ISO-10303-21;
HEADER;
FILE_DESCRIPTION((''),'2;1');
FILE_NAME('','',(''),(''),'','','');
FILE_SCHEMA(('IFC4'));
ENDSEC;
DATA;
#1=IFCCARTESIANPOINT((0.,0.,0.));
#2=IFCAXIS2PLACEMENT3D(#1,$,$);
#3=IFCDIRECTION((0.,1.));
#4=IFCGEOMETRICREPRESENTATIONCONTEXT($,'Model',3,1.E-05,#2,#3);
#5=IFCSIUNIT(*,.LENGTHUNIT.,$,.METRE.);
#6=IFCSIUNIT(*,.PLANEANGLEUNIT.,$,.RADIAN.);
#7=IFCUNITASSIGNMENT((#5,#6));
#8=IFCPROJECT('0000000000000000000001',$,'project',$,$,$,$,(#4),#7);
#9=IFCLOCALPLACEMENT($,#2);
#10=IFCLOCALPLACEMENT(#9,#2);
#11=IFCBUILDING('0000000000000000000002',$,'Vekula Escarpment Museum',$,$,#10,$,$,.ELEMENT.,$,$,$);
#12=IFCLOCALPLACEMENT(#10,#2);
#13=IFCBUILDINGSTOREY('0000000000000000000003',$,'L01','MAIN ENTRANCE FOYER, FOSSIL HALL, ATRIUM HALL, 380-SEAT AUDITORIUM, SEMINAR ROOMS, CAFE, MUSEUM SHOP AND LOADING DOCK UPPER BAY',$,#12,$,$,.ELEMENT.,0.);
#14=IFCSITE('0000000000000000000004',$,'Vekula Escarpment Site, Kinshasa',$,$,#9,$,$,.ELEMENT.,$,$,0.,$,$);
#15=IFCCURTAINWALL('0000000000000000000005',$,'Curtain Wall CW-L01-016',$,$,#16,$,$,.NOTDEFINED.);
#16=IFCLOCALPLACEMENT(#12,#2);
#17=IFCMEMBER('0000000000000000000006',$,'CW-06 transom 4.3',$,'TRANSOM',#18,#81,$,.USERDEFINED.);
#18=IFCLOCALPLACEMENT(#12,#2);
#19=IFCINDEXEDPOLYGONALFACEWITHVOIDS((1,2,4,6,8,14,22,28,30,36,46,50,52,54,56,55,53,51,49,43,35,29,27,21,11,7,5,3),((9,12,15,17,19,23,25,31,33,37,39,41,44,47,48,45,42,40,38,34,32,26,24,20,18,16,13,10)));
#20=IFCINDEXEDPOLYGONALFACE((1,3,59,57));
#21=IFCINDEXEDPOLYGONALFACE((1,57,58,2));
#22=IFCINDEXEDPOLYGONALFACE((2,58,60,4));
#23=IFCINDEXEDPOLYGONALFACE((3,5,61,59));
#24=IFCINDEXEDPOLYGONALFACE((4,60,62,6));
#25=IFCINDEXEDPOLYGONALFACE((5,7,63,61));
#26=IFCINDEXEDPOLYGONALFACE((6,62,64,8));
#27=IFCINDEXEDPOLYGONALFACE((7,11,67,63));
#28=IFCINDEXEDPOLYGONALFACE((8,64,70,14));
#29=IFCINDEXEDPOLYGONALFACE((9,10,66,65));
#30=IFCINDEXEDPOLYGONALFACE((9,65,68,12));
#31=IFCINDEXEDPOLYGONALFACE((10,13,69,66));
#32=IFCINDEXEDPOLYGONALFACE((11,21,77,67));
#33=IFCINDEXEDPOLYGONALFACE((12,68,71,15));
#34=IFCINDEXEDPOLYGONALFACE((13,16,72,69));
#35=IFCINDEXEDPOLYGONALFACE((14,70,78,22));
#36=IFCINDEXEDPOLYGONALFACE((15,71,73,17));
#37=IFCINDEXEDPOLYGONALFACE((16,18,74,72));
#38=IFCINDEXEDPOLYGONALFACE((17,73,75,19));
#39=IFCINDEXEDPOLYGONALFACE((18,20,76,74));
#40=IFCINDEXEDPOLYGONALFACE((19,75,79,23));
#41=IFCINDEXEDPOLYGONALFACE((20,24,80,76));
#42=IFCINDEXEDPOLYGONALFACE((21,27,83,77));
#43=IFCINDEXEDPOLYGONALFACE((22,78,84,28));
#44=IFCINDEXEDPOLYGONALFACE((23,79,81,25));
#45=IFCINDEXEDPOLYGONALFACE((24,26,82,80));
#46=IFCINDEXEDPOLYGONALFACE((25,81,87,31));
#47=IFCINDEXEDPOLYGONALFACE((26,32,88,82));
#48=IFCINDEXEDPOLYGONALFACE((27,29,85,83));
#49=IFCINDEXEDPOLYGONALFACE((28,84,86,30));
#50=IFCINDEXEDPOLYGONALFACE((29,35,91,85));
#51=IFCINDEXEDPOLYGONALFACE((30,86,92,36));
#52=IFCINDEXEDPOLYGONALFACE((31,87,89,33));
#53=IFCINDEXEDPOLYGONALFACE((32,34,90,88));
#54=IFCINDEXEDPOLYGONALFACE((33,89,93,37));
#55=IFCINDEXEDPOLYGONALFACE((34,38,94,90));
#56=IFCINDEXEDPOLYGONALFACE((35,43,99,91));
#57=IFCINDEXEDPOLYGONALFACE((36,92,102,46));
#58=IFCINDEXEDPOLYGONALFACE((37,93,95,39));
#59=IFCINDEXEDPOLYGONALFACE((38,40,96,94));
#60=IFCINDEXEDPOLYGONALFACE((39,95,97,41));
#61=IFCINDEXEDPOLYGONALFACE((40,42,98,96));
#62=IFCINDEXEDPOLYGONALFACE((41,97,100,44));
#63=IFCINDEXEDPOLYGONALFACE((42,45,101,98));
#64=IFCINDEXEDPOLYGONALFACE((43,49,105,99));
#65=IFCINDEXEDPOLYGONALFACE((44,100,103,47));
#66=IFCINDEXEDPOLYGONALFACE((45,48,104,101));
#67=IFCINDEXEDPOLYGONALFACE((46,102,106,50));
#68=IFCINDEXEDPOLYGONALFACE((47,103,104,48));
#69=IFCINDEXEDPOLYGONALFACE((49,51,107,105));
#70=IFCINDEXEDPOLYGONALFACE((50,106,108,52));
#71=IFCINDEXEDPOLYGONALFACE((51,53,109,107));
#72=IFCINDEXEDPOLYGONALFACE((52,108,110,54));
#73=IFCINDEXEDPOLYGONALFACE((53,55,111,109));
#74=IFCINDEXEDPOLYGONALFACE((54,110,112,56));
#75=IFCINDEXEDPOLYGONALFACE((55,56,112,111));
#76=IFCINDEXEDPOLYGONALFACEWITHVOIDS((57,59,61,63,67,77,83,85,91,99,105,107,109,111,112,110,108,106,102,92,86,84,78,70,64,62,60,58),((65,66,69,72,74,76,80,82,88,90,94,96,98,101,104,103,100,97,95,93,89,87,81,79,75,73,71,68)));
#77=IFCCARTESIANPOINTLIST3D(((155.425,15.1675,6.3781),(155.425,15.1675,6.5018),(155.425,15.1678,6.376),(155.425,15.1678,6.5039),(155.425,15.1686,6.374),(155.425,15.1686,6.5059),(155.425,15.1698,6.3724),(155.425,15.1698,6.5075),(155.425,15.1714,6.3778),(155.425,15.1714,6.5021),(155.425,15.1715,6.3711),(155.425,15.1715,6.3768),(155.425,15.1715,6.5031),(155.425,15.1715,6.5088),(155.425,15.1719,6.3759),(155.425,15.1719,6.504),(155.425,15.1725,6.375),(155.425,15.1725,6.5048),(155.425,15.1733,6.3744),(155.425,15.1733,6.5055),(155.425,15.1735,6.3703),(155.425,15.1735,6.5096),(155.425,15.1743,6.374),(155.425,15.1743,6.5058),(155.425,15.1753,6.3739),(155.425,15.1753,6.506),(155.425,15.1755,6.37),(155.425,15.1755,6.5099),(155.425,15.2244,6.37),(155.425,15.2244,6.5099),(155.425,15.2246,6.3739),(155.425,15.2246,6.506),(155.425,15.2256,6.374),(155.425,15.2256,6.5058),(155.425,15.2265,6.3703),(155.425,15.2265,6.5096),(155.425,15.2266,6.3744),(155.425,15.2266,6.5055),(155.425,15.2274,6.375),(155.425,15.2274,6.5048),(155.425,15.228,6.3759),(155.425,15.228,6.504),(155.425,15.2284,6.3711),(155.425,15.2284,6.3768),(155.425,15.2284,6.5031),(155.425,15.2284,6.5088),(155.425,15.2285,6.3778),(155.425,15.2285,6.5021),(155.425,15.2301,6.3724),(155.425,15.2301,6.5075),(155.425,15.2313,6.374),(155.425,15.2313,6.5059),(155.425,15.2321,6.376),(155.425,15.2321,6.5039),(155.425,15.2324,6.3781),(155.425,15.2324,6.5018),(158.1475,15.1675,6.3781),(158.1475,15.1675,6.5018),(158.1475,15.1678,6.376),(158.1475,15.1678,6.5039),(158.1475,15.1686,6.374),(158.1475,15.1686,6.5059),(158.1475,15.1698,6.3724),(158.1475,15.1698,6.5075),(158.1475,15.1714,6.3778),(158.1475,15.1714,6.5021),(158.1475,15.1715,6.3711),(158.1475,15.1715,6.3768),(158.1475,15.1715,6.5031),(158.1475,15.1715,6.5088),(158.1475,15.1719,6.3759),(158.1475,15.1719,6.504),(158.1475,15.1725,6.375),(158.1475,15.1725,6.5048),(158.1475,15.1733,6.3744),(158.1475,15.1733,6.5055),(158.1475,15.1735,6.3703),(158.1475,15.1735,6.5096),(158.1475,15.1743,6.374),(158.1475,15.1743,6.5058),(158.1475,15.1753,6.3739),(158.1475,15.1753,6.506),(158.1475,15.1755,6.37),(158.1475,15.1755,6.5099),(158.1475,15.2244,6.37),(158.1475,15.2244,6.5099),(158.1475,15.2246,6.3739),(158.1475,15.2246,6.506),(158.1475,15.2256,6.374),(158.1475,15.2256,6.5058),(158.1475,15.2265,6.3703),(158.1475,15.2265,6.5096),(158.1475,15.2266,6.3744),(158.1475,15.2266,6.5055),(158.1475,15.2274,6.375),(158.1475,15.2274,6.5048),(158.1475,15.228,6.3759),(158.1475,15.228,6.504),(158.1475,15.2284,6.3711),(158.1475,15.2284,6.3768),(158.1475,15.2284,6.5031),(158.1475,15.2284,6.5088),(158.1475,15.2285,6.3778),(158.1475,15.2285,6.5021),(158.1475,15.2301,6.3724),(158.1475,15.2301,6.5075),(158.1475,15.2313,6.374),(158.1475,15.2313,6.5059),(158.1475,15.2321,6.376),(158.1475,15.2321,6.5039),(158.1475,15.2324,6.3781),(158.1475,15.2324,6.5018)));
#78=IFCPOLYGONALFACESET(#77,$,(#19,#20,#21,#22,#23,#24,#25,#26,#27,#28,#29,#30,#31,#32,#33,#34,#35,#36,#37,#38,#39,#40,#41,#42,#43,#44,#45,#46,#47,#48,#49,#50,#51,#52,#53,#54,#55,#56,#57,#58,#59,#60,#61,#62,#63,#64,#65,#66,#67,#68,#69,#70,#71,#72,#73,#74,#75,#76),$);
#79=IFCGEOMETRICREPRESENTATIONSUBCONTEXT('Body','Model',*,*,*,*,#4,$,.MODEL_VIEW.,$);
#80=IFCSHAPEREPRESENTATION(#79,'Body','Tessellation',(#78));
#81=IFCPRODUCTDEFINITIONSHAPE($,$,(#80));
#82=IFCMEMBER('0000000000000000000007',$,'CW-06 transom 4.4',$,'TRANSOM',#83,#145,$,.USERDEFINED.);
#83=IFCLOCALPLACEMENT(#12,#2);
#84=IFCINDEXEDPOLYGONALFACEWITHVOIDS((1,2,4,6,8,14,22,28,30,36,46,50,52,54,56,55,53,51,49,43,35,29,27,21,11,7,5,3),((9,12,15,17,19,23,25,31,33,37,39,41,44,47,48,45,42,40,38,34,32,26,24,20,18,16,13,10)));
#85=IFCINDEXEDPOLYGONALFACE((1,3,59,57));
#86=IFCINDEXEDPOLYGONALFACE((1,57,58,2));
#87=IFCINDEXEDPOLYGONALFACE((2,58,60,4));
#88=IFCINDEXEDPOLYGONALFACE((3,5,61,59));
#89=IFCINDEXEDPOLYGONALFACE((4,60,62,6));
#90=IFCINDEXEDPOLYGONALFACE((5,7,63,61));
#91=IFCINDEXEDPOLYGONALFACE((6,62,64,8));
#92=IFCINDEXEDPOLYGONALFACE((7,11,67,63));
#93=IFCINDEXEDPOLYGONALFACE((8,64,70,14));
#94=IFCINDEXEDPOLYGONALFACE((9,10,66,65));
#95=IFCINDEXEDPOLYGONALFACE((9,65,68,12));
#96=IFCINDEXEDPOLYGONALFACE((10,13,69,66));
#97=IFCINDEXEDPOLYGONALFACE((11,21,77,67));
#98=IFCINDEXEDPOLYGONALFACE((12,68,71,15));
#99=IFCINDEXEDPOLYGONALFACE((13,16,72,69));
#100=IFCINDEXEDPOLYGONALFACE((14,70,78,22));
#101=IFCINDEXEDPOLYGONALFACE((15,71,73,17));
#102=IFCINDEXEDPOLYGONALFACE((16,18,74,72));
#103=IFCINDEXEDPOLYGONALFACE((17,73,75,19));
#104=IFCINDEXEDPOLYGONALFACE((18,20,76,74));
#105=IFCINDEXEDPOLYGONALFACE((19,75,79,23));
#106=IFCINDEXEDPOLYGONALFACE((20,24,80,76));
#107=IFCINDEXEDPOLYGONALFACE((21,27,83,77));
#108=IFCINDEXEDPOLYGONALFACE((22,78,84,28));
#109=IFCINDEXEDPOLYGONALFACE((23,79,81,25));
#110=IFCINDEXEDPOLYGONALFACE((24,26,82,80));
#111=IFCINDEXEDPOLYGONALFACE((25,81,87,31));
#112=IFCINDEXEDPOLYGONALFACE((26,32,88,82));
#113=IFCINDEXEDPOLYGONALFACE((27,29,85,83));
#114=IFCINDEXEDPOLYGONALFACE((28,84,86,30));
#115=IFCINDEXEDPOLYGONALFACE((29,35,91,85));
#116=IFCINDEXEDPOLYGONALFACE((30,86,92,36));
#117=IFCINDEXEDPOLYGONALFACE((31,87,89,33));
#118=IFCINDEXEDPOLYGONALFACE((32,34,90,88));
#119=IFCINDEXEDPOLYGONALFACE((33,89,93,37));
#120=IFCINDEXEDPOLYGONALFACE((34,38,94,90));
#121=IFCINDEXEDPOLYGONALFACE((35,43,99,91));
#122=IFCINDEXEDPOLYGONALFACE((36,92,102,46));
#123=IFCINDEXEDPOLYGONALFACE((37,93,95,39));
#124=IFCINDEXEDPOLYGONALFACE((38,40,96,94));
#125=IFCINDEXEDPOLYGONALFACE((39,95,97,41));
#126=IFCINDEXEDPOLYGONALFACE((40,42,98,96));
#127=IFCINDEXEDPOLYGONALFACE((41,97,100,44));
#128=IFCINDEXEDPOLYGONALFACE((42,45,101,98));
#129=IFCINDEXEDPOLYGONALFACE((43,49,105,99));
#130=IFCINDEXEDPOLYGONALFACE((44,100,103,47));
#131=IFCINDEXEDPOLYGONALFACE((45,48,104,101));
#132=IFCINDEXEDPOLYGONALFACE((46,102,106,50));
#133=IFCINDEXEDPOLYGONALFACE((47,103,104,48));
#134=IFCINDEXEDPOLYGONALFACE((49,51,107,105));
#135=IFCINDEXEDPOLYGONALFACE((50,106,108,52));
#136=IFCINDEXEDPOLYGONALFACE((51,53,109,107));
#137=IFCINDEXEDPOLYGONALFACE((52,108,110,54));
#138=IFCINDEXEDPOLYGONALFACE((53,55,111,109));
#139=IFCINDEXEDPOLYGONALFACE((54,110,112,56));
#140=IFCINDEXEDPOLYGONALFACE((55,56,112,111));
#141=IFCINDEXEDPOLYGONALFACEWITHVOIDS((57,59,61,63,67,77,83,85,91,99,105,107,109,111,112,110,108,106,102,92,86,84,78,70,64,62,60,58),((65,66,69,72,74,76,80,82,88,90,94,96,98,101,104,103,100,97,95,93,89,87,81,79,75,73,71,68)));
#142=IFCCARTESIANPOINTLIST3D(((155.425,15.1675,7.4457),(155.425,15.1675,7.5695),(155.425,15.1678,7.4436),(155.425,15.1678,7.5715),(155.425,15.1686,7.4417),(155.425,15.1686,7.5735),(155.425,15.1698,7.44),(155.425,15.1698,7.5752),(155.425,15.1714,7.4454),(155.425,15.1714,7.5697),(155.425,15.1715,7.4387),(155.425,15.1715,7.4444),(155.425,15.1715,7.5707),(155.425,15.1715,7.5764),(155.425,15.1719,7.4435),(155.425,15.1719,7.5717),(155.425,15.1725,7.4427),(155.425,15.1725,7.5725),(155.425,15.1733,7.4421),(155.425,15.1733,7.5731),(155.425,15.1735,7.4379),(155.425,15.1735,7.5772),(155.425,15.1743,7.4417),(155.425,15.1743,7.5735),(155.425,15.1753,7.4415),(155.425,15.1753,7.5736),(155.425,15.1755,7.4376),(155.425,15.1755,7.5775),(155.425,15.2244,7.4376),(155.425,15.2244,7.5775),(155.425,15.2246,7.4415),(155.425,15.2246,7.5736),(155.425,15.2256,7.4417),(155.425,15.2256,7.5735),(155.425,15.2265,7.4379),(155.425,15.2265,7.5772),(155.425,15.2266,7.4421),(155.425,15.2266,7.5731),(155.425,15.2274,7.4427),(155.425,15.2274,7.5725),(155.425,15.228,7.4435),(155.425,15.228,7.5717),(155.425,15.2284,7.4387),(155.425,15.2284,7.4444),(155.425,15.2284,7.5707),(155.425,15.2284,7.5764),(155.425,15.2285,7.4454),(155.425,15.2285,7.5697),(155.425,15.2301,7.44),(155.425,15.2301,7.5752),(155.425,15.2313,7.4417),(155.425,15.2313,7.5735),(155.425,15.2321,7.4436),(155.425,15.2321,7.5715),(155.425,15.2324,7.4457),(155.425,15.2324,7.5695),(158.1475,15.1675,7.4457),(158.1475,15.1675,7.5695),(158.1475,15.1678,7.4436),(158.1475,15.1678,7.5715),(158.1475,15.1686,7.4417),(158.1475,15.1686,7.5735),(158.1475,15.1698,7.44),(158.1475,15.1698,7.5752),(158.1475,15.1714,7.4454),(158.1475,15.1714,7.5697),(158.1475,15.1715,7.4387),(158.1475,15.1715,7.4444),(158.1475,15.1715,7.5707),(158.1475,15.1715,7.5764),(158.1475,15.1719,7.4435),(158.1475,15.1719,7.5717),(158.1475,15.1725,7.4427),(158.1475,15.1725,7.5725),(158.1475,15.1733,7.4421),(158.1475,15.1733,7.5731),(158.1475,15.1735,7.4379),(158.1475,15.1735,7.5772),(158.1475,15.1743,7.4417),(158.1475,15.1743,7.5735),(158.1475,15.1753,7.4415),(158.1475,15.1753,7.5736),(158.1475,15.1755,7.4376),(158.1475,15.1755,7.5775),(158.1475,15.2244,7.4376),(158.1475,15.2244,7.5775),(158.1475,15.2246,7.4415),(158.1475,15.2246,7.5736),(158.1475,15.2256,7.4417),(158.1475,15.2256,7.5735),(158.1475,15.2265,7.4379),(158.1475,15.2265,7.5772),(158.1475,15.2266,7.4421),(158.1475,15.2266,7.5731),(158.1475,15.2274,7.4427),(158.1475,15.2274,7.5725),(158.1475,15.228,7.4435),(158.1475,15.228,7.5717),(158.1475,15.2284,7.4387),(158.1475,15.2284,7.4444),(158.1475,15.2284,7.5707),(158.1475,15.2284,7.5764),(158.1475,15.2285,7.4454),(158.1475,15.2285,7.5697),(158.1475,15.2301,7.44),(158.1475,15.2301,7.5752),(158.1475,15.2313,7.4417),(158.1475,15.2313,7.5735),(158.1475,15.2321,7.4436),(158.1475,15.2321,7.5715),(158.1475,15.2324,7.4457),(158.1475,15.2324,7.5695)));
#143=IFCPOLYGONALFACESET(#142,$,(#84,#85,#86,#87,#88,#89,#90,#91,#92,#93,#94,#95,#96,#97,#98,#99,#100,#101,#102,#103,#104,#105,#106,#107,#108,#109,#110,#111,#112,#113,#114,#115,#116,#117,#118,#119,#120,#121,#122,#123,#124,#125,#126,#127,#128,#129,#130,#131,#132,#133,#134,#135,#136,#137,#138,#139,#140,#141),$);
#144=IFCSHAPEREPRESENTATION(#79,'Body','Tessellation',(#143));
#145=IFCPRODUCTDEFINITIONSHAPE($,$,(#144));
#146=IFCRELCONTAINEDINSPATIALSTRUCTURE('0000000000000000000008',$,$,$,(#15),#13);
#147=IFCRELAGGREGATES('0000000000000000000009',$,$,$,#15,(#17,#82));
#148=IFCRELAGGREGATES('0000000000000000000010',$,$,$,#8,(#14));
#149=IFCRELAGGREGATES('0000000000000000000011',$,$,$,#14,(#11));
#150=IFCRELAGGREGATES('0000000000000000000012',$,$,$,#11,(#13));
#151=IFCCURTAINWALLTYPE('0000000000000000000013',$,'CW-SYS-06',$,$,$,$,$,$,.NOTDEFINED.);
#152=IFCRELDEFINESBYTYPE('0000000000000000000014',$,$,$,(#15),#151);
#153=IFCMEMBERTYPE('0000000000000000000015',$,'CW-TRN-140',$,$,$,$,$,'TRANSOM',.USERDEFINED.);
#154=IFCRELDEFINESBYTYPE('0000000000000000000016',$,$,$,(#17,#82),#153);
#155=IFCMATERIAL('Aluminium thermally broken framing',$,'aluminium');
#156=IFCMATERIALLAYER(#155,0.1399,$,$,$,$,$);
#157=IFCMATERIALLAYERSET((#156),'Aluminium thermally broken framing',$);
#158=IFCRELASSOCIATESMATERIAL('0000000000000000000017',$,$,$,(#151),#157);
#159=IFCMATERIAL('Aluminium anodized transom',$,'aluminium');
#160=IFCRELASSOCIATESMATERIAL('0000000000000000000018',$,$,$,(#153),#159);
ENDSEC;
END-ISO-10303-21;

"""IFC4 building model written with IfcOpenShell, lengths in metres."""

from ifc_helpers import new_model, si_unit, direction, frame, origin, origin_2d, place, context, subcontext, project, spatial, hollow_rectangle, extrude, material, layer, layer_set, material_profile, profile_set, type_object, element, aggregate, save


model = new_model("IFC4")

# Units and contexts
model_context = context("Model", 3, precision=1e-05, world=origin(), true_north=direction((0.0, 1.0)))
body_context = subcontext(model_context, "Body", "Model", "MODEL_VIEW")
ifc_project = project(units=[si_unit("LENGTHUNIT", "METRE"), si_unit("PLANEANGLEUNIT", "RADIAN")], contexts=[model_context])

# Site, building, storey
site_placement = place(None, origin())
site = spatial("IfcSite", under=ifc_project, at=site_placement, Name="Vekula Escarpment Site, Kinshasa", CompositionType="ELEMENT", RefElevation=0.0)
building_placement = place(site_placement, origin())
building = spatial("IfcBuilding", under=site, at=building_placement, Name="Vekula Escarpment Museum", CompositionType="ELEMENT")
storey_placement = place(building_placement, origin())
storey = spatial("IfcBuildingStorey", under=building, at=storey_placement, Name="L01", Description="MAIN ENTRANCE FOYER, FOSSIL HALL, ATRIUM HALL, 380-SEAT AUDITORIUM, SEMINAR ROOMS, CAFE, MUSEUM SHOP AND LOADING DOCK UPPER BAY", CompositionType="ELEMENT", Elevation=0.0)

# Curtain wall
ifc_material_1 = material(Name="Aluminium thermally broken framing", Category="aluminium")
ifc_layer_1 = layer(ifc_material_1, 0.1399)
ifc_layer_set_1 = layer_set([ifc_layer_1], Name="Aluminium thermally broken framing")
curtain_wall_type_1 = type_object("IfcCurtainWallType", Name="CW-SYS-06", PredefinedType="NOTDEFINED", material=ifc_layer_set_1)
curtain_wall_1_placement = place(storey_placement, origin())
curtain_wall_1 = element("IfcCurtainWall", 1, at=curtain_wall_1_placement, inside=storey, type_object=curtain_wall_type_1, Name="Curtain Wall CW-L01-016", PredefinedType="NOTDEFINED")

# Members
ifc_material_2 = material(Name="Aluminium anodized transom", Category="aluminium")
ifc_material_profile_1 = material_profile(ifc_material_2, hollow_rectangle(XDim=0.0649, YDim=0.1399, WallThickness=0.0039, InnerFilletRadius=0.0039, OuterFilletRadius=0.0081, at=origin_2d()), Name="ALU 140x65x4")
ifc_profile_set_1 = profile_set([ifc_material_profile_1], Name="Aluminium anodized transom")
member_type_1 = type_object("IfcMemberType", Name="CW-TRN-140", ElementType="TRANSOM", PredefinedType="USERDEFINED", material=ifc_profile_set_1)
member_1_placement = place(storey_placement, frame((158.1475, 15.2, 6.4399), z_axis=(-1.0, 0.0, 0.0), x_axis=(0.0, -1.0, 0.0)))
member_1 = element("IfcMember", 2, at=member_1_placement, type_object=member_type_1, Name="CW-06 transom 4.3", ObjectType="TRANSOM", PredefinedType="USERDEFINED", context=body_context, shape_type="SweptSolid", body=[
    extrude(hollow_rectangle(XDim=0.0649, YDim=0.1399, WallThickness=0.0039, InnerFilletRadius=0.0039, OuterFilletRadius=0.0081, at=origin_2d()), origin(), (0.0, 0.0, 1.0), 2.7224),
])
member_2_placement = place(storey_placement, frame((158.1475, 15.2, 7.5076), z_axis=(-1.0, 0.0, 0.0), x_axis=(0.0, -1.0, 0.0)))
member_2 = element("IfcMember", 3, at=member_2_placement, type_object=member_type_1, Name="CW-06 transom 4.4", ObjectType="TRANSOM", PredefinedType="USERDEFINED", context=body_context, shape_type="SweptSolid", body=[
    extrude(hollow_rectangle(XDim=0.0649, YDim=0.1399, WallThickness=0.0039, InnerFilletRadius=0.0039, OuterFilletRadius=0.0081, at=origin_2d()), origin(), (0.0, 0.0, 1.0), 2.7224),
])

aggregate(curtain_wall_1, [member_1, member_2])

save(model, "model.ifc")
